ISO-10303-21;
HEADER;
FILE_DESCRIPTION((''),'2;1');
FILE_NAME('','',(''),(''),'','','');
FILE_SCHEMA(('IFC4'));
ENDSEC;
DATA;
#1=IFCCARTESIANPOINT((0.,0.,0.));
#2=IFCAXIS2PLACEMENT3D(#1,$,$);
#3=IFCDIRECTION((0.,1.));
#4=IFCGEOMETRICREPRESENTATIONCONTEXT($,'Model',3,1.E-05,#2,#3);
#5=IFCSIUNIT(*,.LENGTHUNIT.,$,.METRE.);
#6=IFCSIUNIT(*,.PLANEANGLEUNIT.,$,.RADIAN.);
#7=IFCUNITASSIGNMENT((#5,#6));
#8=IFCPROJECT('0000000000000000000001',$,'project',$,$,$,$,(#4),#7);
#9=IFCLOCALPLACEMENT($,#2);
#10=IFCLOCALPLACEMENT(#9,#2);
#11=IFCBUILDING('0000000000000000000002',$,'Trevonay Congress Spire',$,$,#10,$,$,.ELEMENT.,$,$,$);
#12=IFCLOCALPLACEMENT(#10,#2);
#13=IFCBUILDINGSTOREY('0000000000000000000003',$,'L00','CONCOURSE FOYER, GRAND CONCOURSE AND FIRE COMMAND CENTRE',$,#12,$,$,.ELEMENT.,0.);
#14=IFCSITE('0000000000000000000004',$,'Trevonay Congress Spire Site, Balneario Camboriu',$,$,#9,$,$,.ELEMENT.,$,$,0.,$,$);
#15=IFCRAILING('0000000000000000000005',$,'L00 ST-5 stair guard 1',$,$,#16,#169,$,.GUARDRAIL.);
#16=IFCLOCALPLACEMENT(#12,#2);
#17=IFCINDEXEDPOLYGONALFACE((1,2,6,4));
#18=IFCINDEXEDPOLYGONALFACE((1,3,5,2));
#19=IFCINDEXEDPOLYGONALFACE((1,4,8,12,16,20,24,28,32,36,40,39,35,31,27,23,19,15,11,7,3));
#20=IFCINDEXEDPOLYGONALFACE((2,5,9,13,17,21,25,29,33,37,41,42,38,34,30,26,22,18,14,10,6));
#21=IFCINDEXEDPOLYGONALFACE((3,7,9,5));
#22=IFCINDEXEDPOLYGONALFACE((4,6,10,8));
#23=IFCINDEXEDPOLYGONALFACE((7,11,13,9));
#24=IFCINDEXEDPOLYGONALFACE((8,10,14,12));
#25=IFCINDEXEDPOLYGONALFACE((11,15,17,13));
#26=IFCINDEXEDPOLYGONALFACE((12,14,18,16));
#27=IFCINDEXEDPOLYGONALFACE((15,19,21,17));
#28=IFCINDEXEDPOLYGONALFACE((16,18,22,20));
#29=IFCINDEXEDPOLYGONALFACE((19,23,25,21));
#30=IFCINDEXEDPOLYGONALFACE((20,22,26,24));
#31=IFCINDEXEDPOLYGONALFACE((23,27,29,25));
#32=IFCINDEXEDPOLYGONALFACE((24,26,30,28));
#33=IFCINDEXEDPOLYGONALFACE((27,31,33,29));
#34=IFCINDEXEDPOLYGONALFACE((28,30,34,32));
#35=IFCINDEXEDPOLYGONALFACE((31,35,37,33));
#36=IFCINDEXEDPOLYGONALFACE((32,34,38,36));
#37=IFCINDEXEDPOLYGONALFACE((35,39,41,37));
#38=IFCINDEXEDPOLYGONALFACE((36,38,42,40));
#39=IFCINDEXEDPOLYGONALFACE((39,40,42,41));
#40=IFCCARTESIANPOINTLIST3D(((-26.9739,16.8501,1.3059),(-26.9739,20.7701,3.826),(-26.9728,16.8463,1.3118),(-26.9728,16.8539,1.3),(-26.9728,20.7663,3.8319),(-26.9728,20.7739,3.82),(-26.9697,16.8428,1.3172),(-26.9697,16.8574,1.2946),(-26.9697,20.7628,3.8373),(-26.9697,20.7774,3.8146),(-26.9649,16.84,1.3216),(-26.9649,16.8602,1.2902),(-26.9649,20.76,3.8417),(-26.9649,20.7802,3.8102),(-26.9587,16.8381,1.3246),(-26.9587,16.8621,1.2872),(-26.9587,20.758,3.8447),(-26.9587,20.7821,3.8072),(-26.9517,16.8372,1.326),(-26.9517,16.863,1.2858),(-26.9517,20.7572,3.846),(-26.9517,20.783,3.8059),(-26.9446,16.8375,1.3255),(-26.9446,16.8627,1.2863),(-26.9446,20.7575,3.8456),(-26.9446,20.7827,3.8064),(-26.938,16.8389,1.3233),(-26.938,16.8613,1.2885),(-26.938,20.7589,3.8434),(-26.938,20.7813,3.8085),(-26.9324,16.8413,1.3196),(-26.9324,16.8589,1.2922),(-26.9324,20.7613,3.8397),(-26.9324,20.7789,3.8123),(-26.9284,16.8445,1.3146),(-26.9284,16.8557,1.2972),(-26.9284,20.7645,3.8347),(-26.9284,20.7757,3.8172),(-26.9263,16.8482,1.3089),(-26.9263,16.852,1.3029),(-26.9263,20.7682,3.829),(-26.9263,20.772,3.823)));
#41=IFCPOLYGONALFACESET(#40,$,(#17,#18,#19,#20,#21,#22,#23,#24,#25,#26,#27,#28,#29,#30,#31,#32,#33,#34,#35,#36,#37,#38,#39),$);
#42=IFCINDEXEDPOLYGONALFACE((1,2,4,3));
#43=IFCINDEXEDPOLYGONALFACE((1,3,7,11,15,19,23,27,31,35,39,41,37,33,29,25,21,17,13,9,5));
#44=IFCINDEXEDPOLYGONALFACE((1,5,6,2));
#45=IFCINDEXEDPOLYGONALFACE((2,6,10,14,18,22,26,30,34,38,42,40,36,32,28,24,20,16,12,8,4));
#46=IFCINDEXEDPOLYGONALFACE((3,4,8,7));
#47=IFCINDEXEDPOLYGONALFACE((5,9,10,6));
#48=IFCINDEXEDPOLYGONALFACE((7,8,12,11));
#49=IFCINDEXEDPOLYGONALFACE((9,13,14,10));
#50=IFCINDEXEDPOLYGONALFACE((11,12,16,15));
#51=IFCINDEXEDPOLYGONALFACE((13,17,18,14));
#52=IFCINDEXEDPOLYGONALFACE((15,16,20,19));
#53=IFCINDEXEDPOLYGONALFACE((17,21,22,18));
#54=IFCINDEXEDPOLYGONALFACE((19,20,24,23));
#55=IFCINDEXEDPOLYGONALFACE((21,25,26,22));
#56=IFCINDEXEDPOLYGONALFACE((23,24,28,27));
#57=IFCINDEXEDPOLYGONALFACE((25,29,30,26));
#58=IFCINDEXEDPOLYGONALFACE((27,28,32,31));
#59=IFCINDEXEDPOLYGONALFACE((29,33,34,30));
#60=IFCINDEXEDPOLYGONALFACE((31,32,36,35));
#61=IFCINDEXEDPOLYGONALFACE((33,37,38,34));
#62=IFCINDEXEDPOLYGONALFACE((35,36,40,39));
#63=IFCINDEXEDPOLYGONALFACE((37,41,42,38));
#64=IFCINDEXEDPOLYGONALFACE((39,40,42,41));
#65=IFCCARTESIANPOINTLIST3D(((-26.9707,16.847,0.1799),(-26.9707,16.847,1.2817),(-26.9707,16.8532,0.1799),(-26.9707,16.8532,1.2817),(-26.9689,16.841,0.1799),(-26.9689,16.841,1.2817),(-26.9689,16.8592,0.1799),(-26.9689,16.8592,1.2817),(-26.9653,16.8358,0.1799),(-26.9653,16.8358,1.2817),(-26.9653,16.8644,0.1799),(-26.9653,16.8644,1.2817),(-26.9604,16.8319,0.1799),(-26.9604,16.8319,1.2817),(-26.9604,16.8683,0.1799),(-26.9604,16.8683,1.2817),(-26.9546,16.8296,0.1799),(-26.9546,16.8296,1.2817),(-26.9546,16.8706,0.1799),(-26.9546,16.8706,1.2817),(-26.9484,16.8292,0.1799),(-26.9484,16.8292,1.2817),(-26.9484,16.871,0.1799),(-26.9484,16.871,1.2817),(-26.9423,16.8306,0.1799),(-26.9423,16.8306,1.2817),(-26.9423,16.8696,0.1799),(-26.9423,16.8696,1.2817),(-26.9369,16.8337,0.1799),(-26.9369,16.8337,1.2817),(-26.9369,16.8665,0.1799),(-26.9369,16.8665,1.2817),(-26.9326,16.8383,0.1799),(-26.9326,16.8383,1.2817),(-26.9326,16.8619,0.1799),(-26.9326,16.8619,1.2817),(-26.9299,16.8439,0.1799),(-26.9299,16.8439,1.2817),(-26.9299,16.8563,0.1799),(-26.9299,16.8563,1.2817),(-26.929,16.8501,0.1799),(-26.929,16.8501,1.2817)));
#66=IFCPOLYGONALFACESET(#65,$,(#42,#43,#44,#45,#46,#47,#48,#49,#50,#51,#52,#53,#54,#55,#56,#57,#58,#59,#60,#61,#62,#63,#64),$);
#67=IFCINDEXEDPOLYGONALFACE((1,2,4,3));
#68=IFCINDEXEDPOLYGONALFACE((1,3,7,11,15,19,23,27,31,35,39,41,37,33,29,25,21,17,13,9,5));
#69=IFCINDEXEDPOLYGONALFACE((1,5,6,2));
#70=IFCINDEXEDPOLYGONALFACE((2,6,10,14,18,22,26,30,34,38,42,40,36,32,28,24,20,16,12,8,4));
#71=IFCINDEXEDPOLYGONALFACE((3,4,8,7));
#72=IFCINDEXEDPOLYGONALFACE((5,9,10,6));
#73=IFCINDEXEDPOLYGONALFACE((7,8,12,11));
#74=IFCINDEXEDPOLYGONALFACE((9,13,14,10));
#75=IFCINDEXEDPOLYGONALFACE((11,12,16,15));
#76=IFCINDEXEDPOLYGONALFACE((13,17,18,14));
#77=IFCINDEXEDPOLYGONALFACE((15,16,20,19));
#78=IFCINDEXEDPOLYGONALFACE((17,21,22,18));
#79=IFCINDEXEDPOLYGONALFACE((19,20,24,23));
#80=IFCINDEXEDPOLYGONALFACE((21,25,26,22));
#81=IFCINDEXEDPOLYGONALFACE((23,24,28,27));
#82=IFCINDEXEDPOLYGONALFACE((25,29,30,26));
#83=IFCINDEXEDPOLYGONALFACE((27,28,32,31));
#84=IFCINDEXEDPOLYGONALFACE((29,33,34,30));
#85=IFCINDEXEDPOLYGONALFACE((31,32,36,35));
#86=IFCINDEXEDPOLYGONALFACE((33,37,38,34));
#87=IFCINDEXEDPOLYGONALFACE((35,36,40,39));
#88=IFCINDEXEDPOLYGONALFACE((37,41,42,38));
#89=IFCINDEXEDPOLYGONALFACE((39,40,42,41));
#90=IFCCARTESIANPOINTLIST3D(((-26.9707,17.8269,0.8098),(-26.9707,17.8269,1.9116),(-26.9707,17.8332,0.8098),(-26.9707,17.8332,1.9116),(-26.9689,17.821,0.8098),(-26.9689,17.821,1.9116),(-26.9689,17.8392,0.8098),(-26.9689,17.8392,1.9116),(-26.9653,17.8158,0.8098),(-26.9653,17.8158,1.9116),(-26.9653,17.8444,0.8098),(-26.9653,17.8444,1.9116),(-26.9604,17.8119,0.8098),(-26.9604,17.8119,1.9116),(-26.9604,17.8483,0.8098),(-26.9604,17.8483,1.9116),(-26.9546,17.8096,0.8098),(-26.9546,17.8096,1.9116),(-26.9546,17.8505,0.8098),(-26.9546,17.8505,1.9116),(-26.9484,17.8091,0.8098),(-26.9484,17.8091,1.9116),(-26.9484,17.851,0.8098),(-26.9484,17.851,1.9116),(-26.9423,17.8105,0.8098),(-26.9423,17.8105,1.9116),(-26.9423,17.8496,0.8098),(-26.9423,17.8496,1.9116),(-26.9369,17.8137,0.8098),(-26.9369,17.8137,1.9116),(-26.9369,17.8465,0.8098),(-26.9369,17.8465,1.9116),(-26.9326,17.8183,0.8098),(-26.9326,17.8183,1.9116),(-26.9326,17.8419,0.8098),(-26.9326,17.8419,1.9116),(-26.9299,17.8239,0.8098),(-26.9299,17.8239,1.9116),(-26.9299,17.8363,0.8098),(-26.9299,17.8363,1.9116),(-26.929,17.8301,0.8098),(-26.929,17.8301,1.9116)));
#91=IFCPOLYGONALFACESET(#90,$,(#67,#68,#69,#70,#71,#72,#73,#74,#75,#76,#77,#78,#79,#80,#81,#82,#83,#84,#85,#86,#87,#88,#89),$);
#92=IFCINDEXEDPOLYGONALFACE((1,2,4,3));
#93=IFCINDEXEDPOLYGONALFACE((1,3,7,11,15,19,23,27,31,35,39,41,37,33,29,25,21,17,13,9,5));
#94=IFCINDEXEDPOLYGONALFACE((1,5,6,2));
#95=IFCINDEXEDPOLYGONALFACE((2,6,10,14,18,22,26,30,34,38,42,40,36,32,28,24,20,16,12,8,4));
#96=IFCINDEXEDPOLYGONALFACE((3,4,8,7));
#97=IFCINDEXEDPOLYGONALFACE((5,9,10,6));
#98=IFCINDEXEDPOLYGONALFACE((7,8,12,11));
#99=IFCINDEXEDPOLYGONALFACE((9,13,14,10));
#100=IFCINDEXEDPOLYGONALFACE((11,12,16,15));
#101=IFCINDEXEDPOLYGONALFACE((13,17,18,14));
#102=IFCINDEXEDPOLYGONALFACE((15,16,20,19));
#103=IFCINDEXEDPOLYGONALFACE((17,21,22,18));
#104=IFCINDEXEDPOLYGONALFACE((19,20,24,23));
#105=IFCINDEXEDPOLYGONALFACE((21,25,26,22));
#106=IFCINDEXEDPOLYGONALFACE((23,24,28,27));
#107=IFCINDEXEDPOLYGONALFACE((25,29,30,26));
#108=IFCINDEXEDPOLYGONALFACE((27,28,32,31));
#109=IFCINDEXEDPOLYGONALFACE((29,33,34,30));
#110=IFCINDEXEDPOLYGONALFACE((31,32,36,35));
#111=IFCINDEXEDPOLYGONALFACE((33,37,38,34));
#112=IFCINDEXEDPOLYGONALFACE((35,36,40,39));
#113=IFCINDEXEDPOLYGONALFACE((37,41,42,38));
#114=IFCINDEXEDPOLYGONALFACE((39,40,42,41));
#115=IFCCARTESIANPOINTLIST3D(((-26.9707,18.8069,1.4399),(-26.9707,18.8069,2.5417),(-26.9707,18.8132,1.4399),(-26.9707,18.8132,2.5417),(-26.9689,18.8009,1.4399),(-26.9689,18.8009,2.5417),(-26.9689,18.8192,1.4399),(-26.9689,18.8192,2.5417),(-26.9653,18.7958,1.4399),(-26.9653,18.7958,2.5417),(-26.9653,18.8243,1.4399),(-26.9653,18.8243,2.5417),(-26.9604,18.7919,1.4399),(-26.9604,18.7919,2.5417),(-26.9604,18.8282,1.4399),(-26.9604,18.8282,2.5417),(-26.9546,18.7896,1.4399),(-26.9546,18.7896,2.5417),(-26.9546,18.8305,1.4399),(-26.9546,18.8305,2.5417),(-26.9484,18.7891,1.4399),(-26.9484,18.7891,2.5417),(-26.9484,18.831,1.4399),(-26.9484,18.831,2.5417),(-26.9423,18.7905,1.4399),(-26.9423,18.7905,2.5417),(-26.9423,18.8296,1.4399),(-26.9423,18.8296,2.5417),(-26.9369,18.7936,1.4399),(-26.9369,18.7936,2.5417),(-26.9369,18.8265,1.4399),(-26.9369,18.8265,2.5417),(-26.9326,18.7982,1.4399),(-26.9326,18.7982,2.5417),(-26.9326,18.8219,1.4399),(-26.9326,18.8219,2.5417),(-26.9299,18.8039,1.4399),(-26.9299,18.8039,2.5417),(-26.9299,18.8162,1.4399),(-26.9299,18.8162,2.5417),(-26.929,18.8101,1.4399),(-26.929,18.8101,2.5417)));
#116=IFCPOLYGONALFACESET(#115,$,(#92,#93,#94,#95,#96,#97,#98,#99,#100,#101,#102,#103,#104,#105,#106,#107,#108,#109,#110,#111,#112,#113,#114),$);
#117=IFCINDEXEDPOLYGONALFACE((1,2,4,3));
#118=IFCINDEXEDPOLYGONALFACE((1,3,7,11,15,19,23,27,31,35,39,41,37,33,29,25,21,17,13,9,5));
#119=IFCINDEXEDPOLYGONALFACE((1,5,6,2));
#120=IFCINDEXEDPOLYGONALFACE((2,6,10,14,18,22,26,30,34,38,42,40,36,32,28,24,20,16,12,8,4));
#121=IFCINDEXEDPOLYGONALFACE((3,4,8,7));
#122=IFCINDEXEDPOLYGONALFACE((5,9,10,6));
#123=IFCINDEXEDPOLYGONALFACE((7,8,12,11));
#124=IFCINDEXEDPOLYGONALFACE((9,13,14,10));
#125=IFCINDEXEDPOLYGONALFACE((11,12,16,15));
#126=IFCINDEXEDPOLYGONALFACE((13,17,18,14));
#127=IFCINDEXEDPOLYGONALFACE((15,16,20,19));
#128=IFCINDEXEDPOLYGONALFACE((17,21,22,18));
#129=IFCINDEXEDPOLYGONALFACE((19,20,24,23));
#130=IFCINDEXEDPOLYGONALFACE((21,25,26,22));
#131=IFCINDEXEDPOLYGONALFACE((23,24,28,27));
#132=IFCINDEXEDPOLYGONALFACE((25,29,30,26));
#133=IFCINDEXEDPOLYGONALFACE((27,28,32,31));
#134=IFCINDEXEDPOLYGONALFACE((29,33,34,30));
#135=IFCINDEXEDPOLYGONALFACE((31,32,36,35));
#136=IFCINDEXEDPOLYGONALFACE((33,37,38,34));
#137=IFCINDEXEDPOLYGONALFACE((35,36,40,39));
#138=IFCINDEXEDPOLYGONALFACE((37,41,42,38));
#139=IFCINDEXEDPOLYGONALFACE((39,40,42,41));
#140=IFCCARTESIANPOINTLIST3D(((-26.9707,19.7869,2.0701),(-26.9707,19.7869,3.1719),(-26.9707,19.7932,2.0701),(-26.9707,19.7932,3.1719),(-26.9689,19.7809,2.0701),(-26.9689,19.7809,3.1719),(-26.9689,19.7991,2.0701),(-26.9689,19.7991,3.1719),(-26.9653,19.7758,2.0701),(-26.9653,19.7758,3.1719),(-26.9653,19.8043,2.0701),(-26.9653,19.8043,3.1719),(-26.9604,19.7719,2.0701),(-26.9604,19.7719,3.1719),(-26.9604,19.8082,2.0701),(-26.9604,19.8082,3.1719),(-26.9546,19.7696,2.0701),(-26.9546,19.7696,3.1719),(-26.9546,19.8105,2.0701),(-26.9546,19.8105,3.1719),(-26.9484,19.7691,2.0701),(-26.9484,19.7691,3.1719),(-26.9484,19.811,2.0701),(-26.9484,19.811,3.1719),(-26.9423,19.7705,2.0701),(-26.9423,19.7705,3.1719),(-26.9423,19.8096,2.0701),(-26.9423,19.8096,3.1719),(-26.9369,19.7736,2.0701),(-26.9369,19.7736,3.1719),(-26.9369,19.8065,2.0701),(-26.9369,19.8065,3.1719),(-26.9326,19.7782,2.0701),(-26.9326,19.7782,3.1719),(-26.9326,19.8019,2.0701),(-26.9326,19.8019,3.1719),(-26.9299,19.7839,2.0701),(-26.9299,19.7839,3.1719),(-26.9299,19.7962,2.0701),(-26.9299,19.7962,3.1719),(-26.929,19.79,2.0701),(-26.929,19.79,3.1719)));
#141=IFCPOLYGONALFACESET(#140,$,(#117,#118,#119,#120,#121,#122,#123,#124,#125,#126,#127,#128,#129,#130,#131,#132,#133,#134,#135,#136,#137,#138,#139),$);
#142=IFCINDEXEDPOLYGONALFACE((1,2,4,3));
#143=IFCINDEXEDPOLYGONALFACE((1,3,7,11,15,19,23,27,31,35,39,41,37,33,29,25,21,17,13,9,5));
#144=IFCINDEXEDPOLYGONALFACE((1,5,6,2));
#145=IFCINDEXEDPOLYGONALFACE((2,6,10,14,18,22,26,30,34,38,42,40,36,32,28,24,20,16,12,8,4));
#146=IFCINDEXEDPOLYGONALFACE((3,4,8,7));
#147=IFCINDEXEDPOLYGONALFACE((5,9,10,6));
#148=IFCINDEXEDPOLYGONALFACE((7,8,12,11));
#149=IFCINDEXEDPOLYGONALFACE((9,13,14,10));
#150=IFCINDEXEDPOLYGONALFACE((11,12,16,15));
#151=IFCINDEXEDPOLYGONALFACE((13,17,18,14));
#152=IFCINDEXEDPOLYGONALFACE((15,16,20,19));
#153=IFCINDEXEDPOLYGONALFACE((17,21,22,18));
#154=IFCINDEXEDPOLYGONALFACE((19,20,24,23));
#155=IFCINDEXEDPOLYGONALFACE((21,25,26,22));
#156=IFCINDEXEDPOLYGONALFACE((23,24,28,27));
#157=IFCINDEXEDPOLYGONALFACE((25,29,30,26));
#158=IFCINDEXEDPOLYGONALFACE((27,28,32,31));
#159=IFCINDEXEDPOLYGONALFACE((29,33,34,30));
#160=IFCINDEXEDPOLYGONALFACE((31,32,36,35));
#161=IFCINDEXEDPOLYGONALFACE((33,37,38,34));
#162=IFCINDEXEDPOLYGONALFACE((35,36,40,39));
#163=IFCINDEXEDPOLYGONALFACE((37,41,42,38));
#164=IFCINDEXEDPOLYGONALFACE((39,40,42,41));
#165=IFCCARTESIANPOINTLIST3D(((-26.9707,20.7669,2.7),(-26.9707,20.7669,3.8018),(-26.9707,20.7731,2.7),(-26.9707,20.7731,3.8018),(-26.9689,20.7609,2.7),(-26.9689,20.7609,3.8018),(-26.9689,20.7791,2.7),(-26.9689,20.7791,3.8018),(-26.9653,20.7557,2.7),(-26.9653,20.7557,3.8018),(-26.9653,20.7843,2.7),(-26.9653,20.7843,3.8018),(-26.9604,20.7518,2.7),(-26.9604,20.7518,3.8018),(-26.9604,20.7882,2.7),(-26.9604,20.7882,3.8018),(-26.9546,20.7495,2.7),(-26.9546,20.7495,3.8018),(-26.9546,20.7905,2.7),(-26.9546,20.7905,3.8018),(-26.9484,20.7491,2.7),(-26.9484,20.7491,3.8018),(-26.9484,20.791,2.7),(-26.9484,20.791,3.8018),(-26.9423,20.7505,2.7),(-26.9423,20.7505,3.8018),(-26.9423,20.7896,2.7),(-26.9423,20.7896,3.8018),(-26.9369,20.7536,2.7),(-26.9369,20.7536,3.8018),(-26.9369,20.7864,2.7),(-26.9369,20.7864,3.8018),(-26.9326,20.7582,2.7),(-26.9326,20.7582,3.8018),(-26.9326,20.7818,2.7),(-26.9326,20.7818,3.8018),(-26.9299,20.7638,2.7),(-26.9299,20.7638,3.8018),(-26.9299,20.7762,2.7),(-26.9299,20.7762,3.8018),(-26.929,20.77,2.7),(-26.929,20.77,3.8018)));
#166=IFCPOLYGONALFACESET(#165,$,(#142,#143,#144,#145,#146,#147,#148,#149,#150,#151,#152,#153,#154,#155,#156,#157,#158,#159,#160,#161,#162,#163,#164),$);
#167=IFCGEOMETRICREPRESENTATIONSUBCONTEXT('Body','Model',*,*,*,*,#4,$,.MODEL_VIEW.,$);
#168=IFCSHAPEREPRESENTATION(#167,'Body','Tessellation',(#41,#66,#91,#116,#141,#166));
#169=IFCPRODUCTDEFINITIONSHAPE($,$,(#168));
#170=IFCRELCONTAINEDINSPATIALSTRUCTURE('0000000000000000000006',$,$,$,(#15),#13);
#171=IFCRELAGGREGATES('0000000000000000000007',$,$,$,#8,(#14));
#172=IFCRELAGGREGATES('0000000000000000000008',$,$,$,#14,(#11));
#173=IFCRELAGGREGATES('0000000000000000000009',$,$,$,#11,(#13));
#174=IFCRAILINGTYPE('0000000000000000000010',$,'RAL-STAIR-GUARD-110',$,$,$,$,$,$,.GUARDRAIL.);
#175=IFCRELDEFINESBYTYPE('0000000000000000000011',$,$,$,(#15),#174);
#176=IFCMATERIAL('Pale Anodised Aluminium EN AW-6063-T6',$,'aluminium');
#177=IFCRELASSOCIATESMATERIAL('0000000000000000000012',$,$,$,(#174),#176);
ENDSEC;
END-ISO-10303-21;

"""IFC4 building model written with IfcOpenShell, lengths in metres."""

from ifc_helpers import new_model, si_unit, direction, frame, origin, origin_2d, place, context, subcontext, project, spatial, circle, extrude, material, type_object, element, save


model = new_model("IFC4")

# Units and contexts
model_context = context("Model", 3, precision=1e-05, world=origin(), true_north=direction((0.0, 1.0)))
body_context = subcontext(model_context, "Body", "Model", "MODEL_VIEW")
ifc_project = project(units=[si_unit("LENGTHUNIT", "METRE"), si_unit("PLANEANGLEUNIT", "RADIAN")], contexts=[model_context])

# Site, building, storey
site_placement = place(None, origin())
site = spatial("IfcSite", under=ifc_project, at=site_placement, Name="Trevonay Congress Spire Site, Balneario Camboriu", CompositionType="ELEMENT", RefElevation=0.0)
building_placement = place(site_placement, origin())
building = spatial("IfcBuilding", under=site, at=building_placement, Name="Trevonay Congress Spire", CompositionType="ELEMENT")
storey_placement = place(building_placement, origin())
storey = spatial("IfcBuildingStorey", under=building, at=storey_placement, Name="L00", Description="CONCOURSE FOYER, GRAND CONCOURSE AND FIRE COMMAND CENTRE", CompositionType="ELEMENT", Elevation=0.0)

# Shared definitions
ifc_material_1 = material(Name="Pale Anodised Aluminium EN AW-6063-T6", Category="aluminium")

# Railing
railing_type_1 = type_object("IfcRailingType", Name="RAL-STAIR-GUARD-110", PredefinedType="GUARDRAIL", material=ifc_material_1)
railing_1_placement = place(storey_placement, frame((-26.95, 16.8501, 0.1799)))
element("IfcRailing", 1, at=railing_1_placement, inside=storey, type_object=railing_type_1, Name="L00 ST-5 stair guard 1", PredefinedType="GUARDRAIL", context=body_context, shape_type="SweptSolid", body=[
    extrude(circle(Radius=0.0239, at=origin_2d()), frame((0.0, 0.0, 1.126), z_axis=(0.0, 0.841172, 0.540768), x_axis=(-1.0, 0.0, 0.0)), (0.0, 0.0, 1.0), 4.6602),
    extrude(circle(Radius=0.021, at=origin_2d()), origin(), (0.0, 0.0, 1.0), 1.1018),
    extrude(circle(Radius=0.021, at=origin_2d()), frame((0.0, 0.98, 0.6299)), (0.0, 0.0, 1.0), 1.1018),
    extrude(circle(Radius=0.021, at=origin_2d()), frame((0.0, 1.96, 1.26)), (0.0, 0.0, 1.0), 1.1018),
    extrude(circle(Radius=0.021, at=origin_2d()), frame((0.0, 2.9399, 1.8901)), (0.0, 0.0, 1.0), 1.1018),
    extrude(circle(Radius=0.021, at=origin_2d()), frame((0.0, 3.9199, 2.52)), (0.0, 0.0, 1.0), 1.1018),
])

save(model, "model.ifc")
